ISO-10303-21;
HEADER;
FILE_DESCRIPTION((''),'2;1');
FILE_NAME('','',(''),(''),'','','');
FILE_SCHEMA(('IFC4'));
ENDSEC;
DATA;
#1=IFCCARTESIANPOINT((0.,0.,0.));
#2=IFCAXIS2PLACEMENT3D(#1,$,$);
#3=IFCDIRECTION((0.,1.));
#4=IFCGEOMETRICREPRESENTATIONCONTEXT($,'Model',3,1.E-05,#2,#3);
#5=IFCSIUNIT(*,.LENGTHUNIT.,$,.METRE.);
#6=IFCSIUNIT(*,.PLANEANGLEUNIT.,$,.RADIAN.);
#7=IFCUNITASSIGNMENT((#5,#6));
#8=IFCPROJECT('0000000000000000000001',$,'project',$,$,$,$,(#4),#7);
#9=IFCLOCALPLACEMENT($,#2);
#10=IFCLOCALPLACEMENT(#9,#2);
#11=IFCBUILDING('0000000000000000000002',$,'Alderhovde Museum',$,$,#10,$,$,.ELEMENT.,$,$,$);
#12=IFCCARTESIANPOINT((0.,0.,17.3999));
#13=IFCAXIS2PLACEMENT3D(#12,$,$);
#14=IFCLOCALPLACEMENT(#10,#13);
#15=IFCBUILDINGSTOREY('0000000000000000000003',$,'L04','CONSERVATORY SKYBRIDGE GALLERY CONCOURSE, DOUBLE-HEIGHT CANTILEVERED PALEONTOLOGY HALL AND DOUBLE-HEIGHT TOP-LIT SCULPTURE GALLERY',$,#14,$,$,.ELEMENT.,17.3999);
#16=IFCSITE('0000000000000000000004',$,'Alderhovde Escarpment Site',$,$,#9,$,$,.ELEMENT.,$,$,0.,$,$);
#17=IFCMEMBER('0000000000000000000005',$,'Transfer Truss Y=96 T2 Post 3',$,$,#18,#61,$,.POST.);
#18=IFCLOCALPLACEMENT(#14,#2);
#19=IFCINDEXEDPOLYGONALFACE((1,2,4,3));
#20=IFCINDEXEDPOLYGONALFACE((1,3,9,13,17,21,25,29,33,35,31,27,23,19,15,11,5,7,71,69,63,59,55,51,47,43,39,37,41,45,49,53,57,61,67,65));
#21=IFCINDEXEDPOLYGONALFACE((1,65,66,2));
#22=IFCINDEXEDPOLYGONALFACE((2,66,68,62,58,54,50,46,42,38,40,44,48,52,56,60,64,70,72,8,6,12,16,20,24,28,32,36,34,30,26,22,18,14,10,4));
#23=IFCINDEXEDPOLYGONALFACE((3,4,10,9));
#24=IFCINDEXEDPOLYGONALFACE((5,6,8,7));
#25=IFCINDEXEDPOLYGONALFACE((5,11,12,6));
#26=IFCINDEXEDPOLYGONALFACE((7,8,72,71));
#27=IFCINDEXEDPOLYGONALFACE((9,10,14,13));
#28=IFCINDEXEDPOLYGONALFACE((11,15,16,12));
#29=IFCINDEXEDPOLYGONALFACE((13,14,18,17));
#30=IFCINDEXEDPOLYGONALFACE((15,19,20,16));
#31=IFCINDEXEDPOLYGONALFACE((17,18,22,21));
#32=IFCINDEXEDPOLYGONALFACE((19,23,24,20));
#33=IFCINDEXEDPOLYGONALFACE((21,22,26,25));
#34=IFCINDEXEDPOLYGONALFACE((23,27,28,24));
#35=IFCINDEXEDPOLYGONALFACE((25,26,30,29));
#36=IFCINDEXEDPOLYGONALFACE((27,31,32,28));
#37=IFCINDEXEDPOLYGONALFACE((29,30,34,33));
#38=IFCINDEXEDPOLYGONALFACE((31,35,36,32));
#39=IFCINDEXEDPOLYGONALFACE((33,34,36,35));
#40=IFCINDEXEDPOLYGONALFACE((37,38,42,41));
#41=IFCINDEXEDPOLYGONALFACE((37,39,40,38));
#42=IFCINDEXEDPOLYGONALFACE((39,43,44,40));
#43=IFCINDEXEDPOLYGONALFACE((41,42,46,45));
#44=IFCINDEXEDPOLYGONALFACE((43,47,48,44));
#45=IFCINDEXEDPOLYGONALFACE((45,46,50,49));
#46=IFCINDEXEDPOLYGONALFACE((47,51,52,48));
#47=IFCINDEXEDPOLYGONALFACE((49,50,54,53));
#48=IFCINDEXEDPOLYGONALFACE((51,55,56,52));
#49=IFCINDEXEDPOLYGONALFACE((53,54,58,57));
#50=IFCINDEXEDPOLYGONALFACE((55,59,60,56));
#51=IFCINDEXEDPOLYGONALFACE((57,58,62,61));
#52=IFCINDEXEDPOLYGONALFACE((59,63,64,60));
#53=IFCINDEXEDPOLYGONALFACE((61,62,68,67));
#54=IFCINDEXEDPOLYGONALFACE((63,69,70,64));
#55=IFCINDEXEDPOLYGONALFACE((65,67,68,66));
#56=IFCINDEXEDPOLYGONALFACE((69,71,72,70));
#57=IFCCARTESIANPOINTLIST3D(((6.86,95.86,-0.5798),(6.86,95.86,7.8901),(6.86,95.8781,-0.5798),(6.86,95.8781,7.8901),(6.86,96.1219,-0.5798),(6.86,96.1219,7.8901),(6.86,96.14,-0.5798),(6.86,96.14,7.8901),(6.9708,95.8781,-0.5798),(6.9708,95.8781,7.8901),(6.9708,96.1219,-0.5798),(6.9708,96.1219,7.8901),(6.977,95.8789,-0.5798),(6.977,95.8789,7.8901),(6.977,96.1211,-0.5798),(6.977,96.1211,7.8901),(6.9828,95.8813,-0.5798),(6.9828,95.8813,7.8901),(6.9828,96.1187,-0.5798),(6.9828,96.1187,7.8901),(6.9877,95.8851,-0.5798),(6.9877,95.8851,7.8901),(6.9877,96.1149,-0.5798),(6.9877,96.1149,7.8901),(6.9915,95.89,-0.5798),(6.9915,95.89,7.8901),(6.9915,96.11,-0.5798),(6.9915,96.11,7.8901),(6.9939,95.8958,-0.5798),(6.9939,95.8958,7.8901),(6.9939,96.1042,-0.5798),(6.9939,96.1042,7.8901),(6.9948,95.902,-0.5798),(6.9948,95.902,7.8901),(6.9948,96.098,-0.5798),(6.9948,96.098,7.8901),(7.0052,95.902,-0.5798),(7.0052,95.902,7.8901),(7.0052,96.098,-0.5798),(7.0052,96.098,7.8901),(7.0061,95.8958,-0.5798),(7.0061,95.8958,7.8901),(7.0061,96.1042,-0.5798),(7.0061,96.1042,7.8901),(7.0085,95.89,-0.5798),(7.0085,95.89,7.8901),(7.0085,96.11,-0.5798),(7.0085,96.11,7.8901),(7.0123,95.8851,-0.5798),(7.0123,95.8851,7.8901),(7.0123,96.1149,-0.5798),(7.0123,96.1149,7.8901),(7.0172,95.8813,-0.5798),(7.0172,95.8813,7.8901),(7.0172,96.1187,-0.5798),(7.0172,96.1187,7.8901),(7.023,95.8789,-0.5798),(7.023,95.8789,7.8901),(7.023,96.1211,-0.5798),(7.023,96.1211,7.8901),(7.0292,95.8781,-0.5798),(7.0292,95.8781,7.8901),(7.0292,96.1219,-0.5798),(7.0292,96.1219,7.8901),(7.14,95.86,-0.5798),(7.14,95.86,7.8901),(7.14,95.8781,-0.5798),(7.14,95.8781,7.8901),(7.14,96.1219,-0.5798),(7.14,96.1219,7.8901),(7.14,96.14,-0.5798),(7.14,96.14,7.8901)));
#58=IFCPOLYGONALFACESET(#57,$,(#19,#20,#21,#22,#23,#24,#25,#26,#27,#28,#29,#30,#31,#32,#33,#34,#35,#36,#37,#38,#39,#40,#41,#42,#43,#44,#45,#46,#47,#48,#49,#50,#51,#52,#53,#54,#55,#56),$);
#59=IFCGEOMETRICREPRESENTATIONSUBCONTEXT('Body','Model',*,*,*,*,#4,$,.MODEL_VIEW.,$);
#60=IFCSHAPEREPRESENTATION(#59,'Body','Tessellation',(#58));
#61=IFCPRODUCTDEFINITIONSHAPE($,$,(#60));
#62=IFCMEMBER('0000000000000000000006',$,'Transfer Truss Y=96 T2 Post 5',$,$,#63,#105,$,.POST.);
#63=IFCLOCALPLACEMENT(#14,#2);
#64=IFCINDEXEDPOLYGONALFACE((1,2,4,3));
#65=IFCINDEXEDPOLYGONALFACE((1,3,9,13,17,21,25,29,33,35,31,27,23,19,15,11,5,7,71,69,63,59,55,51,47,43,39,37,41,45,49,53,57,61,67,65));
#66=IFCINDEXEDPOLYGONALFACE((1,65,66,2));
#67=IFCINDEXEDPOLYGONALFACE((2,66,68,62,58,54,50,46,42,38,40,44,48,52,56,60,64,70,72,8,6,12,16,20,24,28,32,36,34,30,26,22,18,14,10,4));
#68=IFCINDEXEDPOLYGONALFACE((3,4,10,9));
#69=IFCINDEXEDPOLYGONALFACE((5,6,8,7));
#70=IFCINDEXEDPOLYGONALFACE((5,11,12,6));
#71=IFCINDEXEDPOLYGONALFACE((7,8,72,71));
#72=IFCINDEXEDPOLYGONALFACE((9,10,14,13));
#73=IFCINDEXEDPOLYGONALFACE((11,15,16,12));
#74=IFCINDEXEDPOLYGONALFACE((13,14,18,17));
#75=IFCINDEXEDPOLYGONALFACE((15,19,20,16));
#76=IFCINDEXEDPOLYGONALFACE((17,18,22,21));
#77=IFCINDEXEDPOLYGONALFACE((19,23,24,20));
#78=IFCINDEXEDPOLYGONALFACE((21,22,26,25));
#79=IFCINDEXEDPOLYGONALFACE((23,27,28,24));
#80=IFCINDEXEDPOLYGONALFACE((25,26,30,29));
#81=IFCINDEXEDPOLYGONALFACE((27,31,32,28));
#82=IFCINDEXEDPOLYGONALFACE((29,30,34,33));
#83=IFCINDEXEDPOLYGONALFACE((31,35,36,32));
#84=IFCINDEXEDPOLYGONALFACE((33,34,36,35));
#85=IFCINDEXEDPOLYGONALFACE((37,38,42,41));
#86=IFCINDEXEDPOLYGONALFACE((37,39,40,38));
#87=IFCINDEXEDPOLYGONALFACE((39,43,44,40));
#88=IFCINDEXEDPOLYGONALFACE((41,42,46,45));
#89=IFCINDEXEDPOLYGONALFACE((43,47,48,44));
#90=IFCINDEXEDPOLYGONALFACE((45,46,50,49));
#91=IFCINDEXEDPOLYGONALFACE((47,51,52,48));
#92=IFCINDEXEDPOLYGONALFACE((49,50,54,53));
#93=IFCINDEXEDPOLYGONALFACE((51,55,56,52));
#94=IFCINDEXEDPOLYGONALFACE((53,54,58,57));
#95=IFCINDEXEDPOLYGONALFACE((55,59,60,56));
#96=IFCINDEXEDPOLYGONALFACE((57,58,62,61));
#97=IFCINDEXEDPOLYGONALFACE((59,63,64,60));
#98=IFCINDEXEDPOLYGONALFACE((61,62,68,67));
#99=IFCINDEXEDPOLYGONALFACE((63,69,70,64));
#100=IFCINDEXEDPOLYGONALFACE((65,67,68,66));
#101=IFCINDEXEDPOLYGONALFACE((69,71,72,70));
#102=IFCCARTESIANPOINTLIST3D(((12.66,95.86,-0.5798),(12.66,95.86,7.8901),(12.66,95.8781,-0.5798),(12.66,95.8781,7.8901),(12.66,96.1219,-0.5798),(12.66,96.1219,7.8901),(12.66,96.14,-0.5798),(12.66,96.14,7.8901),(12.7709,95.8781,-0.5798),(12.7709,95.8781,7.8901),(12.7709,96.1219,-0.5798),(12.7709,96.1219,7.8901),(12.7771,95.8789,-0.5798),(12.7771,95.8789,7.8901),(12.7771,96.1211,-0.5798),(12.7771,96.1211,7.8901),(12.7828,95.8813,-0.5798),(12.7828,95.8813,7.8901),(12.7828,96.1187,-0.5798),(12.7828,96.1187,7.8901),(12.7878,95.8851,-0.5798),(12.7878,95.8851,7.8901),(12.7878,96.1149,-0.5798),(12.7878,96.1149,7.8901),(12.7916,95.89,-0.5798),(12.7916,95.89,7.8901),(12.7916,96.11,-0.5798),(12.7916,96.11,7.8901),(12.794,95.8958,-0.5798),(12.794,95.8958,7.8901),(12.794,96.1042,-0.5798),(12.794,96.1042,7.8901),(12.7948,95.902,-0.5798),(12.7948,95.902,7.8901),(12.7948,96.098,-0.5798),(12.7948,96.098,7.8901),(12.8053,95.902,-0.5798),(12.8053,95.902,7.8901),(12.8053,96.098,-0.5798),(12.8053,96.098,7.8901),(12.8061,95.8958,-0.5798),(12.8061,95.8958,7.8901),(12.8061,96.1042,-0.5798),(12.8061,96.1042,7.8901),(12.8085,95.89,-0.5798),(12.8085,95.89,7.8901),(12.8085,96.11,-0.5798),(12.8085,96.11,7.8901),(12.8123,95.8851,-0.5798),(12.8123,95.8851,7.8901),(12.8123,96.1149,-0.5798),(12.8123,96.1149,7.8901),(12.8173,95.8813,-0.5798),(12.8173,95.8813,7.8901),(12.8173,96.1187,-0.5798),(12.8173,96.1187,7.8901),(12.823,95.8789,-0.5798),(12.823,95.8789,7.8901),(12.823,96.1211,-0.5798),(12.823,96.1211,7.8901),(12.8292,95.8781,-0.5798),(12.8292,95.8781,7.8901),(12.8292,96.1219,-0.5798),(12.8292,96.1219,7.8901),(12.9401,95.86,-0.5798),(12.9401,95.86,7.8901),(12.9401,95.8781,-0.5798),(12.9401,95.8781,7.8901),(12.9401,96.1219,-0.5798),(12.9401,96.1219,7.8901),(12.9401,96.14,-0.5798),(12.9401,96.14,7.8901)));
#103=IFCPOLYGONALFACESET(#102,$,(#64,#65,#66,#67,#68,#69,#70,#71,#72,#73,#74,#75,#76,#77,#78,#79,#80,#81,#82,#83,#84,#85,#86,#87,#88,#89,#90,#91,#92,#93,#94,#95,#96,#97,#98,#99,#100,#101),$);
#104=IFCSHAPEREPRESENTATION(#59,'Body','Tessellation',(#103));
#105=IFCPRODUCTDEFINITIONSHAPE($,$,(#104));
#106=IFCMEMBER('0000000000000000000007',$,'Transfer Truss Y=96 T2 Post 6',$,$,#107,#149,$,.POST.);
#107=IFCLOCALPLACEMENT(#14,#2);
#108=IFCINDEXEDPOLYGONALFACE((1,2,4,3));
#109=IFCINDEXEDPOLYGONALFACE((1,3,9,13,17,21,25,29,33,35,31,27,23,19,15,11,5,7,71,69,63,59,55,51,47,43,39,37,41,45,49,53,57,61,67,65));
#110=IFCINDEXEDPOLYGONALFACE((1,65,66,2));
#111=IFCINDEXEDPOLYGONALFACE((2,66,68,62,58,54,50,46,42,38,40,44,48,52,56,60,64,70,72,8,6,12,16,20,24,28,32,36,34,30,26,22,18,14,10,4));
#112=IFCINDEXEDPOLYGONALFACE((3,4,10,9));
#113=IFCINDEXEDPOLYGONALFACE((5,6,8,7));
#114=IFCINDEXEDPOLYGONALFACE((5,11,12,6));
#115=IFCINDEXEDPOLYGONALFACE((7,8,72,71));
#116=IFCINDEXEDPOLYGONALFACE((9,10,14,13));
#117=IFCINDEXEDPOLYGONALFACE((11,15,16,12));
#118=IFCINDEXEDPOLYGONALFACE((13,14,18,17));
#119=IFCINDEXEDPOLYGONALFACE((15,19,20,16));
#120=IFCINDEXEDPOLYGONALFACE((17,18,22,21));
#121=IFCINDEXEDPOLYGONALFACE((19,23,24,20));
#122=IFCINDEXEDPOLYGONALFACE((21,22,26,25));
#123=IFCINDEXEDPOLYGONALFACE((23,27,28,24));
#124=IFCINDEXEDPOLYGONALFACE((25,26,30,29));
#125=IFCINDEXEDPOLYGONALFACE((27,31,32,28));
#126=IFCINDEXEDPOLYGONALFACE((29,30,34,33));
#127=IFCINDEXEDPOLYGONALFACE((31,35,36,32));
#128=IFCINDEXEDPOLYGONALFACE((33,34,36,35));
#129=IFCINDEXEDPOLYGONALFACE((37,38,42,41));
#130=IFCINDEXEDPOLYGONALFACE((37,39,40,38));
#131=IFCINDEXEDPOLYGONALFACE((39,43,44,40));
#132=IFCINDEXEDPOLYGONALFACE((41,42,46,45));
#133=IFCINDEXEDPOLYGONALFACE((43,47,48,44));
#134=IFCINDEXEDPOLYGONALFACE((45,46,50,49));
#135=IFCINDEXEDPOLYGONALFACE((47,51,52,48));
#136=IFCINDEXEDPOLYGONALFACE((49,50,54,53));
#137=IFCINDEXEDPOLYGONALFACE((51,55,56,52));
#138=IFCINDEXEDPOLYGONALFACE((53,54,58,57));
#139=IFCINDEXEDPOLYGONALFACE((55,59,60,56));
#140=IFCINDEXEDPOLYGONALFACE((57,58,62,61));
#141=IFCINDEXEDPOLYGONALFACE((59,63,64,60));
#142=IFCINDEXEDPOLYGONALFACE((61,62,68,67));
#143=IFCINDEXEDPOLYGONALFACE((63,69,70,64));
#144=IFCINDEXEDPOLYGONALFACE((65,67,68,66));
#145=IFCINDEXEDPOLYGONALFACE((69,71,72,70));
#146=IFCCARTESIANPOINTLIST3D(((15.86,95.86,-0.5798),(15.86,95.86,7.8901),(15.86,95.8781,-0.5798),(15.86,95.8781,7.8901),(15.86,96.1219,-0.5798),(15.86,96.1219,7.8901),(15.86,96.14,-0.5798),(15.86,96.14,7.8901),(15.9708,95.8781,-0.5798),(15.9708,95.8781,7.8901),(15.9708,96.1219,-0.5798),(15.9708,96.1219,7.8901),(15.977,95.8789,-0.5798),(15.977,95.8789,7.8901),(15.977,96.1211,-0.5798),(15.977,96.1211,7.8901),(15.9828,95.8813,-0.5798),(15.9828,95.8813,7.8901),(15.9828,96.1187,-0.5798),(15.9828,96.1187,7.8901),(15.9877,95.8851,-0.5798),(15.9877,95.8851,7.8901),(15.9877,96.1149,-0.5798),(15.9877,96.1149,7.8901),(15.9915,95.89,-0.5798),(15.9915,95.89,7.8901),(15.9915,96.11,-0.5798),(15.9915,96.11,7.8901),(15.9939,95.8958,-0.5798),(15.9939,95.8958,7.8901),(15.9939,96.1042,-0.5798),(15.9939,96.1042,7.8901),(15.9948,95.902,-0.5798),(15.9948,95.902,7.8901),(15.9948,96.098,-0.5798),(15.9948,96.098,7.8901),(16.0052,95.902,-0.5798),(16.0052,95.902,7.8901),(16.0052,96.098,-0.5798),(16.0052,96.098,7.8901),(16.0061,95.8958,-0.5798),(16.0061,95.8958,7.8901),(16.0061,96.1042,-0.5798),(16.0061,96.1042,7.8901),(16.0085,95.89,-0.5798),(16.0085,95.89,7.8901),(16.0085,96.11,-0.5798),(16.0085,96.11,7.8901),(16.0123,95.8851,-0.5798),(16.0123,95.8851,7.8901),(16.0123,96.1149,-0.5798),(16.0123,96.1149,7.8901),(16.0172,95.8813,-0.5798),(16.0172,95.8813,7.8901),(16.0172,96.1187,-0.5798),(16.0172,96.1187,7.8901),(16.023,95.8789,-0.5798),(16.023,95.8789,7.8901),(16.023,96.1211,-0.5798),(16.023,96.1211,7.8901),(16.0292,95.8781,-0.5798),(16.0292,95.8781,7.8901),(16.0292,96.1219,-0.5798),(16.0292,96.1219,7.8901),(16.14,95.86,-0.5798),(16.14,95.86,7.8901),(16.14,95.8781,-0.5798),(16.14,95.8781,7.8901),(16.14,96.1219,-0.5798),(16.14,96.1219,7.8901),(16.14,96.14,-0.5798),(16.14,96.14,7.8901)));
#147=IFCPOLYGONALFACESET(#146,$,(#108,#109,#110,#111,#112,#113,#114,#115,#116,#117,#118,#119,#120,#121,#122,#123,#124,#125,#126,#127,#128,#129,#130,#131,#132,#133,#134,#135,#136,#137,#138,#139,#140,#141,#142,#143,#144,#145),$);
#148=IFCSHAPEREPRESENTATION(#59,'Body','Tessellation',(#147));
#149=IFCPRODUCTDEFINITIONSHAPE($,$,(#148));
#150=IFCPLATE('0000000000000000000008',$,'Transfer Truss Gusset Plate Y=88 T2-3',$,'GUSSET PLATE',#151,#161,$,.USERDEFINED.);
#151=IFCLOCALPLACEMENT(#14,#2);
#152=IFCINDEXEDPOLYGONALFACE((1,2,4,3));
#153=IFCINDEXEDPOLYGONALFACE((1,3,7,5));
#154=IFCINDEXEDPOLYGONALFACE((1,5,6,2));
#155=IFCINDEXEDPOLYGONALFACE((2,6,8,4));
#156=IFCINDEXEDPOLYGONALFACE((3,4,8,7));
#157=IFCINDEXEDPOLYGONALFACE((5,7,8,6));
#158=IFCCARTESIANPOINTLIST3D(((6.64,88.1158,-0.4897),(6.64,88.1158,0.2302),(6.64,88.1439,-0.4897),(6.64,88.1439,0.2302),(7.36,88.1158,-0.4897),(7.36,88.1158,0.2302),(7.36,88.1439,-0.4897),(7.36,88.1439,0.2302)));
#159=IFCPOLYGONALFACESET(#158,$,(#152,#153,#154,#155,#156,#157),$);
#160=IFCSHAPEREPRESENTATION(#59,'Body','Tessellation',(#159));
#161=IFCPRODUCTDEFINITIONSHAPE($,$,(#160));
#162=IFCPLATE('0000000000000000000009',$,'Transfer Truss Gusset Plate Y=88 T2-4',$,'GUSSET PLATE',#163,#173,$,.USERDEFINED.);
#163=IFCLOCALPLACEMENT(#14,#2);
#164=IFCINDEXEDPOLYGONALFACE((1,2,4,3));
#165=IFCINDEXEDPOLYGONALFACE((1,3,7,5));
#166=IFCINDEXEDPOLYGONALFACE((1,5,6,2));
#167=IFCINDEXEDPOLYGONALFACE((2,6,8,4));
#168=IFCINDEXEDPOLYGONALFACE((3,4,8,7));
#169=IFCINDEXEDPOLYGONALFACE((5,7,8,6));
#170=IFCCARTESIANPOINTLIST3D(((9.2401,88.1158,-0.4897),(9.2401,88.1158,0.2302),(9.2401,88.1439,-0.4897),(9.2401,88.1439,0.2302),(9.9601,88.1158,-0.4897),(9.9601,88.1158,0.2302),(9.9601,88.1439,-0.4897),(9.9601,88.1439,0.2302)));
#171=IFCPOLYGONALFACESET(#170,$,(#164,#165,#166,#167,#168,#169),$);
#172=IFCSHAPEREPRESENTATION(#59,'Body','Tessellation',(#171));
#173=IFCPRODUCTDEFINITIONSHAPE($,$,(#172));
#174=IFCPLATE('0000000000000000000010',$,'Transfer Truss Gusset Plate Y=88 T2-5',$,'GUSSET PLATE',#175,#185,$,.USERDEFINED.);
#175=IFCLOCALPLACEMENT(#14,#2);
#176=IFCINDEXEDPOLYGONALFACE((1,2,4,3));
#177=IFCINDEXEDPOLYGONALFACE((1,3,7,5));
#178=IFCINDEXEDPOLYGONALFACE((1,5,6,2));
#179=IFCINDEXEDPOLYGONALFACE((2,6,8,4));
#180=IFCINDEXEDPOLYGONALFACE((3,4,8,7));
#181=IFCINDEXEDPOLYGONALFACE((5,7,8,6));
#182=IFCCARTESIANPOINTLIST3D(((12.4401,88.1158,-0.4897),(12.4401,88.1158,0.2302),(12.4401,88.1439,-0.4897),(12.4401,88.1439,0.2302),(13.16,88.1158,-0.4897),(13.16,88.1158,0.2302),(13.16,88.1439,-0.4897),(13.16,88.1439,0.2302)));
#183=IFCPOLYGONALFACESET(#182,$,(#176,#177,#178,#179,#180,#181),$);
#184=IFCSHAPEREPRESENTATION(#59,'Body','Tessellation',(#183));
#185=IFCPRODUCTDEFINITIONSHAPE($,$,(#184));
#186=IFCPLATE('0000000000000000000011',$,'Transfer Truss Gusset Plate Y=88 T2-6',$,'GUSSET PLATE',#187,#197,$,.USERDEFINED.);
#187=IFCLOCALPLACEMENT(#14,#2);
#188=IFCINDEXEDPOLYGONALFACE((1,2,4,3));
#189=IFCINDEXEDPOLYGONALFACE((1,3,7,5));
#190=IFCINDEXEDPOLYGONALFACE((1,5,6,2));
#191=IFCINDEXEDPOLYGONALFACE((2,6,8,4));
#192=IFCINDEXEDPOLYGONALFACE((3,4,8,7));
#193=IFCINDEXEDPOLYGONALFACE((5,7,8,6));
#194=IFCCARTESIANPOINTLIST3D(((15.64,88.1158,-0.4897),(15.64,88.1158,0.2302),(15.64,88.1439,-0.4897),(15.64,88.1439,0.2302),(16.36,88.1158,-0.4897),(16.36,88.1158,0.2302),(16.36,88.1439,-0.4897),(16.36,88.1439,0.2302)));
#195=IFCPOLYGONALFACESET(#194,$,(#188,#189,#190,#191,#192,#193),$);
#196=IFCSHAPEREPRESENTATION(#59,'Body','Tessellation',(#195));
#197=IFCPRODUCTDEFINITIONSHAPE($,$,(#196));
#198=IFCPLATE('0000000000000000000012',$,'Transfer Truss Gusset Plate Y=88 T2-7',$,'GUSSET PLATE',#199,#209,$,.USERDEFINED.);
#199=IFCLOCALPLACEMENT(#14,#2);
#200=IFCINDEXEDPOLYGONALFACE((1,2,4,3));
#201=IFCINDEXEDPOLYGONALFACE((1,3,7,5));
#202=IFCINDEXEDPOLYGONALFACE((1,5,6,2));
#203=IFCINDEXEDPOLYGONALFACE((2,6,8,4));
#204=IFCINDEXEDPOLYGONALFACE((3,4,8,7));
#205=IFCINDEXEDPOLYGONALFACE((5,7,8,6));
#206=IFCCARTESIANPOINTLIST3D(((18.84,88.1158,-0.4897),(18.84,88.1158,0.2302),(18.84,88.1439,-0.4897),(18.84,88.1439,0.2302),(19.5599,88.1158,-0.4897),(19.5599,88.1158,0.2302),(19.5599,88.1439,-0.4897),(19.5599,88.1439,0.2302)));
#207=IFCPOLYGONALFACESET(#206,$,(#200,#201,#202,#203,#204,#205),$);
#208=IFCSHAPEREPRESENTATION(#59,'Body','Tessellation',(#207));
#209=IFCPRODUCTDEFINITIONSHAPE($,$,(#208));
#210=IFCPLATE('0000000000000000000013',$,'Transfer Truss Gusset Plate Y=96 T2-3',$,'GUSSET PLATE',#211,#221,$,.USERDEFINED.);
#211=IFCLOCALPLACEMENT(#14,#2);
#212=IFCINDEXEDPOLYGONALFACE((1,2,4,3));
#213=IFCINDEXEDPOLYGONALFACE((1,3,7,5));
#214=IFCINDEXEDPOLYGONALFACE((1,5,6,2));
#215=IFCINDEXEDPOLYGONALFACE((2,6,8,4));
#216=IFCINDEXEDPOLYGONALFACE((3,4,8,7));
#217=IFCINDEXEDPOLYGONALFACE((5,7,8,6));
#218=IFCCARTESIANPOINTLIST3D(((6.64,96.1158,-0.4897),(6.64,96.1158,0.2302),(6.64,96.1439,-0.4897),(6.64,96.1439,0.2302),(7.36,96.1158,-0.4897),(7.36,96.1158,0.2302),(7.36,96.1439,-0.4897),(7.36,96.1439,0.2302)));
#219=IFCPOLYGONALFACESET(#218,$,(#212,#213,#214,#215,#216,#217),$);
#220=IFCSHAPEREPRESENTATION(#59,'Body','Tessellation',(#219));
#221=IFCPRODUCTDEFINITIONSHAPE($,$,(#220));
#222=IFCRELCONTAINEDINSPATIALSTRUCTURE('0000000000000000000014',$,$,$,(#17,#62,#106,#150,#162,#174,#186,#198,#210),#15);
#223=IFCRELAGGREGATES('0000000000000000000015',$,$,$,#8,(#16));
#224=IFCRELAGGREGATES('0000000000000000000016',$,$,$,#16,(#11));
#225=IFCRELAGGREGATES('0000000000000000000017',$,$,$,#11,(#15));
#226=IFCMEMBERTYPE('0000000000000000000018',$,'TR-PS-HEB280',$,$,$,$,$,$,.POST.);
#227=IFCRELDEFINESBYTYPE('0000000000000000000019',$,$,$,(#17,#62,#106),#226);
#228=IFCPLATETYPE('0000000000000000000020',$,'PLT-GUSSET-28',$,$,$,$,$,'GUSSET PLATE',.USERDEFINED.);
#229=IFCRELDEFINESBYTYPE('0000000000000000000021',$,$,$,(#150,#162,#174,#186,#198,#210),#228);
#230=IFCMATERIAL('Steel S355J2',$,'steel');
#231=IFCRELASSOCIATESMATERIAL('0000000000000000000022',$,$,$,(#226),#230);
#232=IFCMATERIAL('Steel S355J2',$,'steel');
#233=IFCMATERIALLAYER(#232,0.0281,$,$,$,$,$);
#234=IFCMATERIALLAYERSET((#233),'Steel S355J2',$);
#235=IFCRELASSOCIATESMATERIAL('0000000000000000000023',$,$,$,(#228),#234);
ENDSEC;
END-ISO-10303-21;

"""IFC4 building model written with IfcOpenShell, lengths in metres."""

from ifc_helpers import new_model, si_unit, direction, frame, origin, origin_2d, place, context, subcontext, project, spatial, rectangle, i_section, extrude, material, layer, layer_set, material_profile, profile_set, type_object, element, save


model = new_model("IFC4")

# Units and contexts
model_context = context("Model", 3, precision=1e-05, world=origin(), true_north=direction((0.0, 1.0)))
body_context = subcontext(model_context, "Body", "Model", "MODEL_VIEW")
ifc_project = project(units=[si_unit("LENGTHUNIT", "METRE"), si_unit("PLANEANGLEUNIT", "RADIAN")], contexts=[model_context])

# Site, building, storey
site_placement = place(None, origin())
site = spatial("IfcSite", under=ifc_project, at=site_placement, Name="Alderhovde Escarpment Site", CompositionType="ELEMENT", RefElevation=0.0)
building_placement = place(site_placement, origin())
building = spatial("IfcBuilding", under=site, at=building_placement, Name="Alderhovde Museum", CompositionType="ELEMENT")
storey_placement = place(building_placement, frame((0.0, 0.0, 17.3999)))
storey = spatial("IfcBuildingStorey", under=building, at=storey_placement, Name="L04", Description="CONSERVATORY SKYBRIDGE GALLERY CONCOURSE, DOUBLE-HEIGHT CANTILEVERED PALEONTOLOGY HALL AND DOUBLE-HEIGHT TOP-LIT SCULPTURE GALLERY", CompositionType="ELEMENT", Elevation=17.3999)

# Members
ifc_material_1 = material(Name="Steel S355J2", Category="steel")
ifc_material_profile_1 = material_profile(ifc_material_1, i_section(OverallWidth=0.28, OverallDepth=0.28, WebThickness=0.0105, FlangeThickness=0.0181, FilletRadius=0.0239, at=origin_2d()), Name="HEB 280")
ifc_profile_set_1 = profile_set([ifc_material_profile_1], Name="Steel S355J2")
member_type_1 = type_object("IfcMemberType", Name="TR-PS-HEB280", PredefinedType="POST", material=ifc_profile_set_1)
for number, where, z_axis, x_axis, name in (
    (1, (7.0, 96.0, -0.5798), (0.0, 0.0, 1.0), (1.0, 0.0, 0.0), "Transfer Truss Y=96 T2 Post 3"),
    (2, (12.8, 96.0, -0.5798), (0.0, 0.0, 1.0), (1.0, 0.0, 0.0), "Transfer Truss Y=96 T2 Post 5"),
    (3, (16.0, 96.0, -0.5798), (0.0, 0.0, 1.0), (1.0, 0.0, 0.0), "Transfer Truss Y=96 T2 Post 6"),
):
    element("IfcMember", number, at=place(storey_placement, frame(where, z_axis=z_axis, x_axis=x_axis)), inside=storey, type_object=member_type_1, Name=name, PredefinedType="POST", context=body_context, shape_type="SweptSolid", body=[
        extrude(i_section(OverallWidth=0.28, OverallDepth=0.28, WebThickness=0.0105, FlangeThickness=0.0181, FilletRadius=0.0239, at=origin_2d()), origin(), (0.0, 0.0, 1.0), 8.47),
    ])

# Plates
ifc_material_2 = material(Name="Steel S355J2", Category="steel")
ifc_layer = layer(ifc_material_2, 0.0281)
ifc_layer_set = layer_set([ifc_layer], Name="Steel S355J2")
plate_type = type_object("IfcPlateType", Name="PLT-GUSSET-28", ElementType="GUSSET PLATE", PredefinedType="USERDEFINED", material=ifc_layer_set)
for number, where, z_axis, x_axis, name in (
    (4, (7.0, 88.1299, -0.4897), (0.0, 0.0, 1.0), (1.0, 0.0, 0.0), "Transfer Truss Gusset Plate Y=88 T2-3"),
    (5, (9.6001, 88.1299, -0.4897), (0.0, 0.0, 1.0), (1.0, 0.0, 0.0), "Transfer Truss Gusset Plate Y=88 T2-4"),
    (6, (12.8, 88.1299, -0.4897), (0.0, 0.0, 1.0), (1.0, 0.0, 0.0), "Transfer Truss Gusset Plate Y=88 T2-5"),
    (7, (16.0, 88.1299, -0.4897), (0.0, 0.0, 1.0), (1.0, 0.0, 0.0), "Transfer Truss Gusset Plate Y=88 T2-6"),
    (8, (19.2, 88.1299, -0.4897), (0.0, 0.0, 1.0), (1.0, 0.0, 0.0), "Transfer Truss Gusset Plate Y=88 T2-7"),
    (9, (7.0, 96.1299, -0.4897), (0.0, 0.0, 1.0), (1.0, 0.0, 0.0), "Transfer Truss Gusset Plate Y=96 T2-3"),
):
    element("IfcPlate", number, at=place(storey_placement, frame(where, z_axis=z_axis, x_axis=x_axis)), inside=storey, type_object=plate_type, Name=name, ObjectType="GUSSET PLATE", PredefinedType="USERDEFINED", context=body_context, shape_type="SweptSolid", body=[
        extrude(rectangle(XDim=0.72, YDim=0.0281, at=origin_2d()), origin(), (0.0, 0.0, 1.0), 0.72),
    ])

save(model, "model.ifc")
